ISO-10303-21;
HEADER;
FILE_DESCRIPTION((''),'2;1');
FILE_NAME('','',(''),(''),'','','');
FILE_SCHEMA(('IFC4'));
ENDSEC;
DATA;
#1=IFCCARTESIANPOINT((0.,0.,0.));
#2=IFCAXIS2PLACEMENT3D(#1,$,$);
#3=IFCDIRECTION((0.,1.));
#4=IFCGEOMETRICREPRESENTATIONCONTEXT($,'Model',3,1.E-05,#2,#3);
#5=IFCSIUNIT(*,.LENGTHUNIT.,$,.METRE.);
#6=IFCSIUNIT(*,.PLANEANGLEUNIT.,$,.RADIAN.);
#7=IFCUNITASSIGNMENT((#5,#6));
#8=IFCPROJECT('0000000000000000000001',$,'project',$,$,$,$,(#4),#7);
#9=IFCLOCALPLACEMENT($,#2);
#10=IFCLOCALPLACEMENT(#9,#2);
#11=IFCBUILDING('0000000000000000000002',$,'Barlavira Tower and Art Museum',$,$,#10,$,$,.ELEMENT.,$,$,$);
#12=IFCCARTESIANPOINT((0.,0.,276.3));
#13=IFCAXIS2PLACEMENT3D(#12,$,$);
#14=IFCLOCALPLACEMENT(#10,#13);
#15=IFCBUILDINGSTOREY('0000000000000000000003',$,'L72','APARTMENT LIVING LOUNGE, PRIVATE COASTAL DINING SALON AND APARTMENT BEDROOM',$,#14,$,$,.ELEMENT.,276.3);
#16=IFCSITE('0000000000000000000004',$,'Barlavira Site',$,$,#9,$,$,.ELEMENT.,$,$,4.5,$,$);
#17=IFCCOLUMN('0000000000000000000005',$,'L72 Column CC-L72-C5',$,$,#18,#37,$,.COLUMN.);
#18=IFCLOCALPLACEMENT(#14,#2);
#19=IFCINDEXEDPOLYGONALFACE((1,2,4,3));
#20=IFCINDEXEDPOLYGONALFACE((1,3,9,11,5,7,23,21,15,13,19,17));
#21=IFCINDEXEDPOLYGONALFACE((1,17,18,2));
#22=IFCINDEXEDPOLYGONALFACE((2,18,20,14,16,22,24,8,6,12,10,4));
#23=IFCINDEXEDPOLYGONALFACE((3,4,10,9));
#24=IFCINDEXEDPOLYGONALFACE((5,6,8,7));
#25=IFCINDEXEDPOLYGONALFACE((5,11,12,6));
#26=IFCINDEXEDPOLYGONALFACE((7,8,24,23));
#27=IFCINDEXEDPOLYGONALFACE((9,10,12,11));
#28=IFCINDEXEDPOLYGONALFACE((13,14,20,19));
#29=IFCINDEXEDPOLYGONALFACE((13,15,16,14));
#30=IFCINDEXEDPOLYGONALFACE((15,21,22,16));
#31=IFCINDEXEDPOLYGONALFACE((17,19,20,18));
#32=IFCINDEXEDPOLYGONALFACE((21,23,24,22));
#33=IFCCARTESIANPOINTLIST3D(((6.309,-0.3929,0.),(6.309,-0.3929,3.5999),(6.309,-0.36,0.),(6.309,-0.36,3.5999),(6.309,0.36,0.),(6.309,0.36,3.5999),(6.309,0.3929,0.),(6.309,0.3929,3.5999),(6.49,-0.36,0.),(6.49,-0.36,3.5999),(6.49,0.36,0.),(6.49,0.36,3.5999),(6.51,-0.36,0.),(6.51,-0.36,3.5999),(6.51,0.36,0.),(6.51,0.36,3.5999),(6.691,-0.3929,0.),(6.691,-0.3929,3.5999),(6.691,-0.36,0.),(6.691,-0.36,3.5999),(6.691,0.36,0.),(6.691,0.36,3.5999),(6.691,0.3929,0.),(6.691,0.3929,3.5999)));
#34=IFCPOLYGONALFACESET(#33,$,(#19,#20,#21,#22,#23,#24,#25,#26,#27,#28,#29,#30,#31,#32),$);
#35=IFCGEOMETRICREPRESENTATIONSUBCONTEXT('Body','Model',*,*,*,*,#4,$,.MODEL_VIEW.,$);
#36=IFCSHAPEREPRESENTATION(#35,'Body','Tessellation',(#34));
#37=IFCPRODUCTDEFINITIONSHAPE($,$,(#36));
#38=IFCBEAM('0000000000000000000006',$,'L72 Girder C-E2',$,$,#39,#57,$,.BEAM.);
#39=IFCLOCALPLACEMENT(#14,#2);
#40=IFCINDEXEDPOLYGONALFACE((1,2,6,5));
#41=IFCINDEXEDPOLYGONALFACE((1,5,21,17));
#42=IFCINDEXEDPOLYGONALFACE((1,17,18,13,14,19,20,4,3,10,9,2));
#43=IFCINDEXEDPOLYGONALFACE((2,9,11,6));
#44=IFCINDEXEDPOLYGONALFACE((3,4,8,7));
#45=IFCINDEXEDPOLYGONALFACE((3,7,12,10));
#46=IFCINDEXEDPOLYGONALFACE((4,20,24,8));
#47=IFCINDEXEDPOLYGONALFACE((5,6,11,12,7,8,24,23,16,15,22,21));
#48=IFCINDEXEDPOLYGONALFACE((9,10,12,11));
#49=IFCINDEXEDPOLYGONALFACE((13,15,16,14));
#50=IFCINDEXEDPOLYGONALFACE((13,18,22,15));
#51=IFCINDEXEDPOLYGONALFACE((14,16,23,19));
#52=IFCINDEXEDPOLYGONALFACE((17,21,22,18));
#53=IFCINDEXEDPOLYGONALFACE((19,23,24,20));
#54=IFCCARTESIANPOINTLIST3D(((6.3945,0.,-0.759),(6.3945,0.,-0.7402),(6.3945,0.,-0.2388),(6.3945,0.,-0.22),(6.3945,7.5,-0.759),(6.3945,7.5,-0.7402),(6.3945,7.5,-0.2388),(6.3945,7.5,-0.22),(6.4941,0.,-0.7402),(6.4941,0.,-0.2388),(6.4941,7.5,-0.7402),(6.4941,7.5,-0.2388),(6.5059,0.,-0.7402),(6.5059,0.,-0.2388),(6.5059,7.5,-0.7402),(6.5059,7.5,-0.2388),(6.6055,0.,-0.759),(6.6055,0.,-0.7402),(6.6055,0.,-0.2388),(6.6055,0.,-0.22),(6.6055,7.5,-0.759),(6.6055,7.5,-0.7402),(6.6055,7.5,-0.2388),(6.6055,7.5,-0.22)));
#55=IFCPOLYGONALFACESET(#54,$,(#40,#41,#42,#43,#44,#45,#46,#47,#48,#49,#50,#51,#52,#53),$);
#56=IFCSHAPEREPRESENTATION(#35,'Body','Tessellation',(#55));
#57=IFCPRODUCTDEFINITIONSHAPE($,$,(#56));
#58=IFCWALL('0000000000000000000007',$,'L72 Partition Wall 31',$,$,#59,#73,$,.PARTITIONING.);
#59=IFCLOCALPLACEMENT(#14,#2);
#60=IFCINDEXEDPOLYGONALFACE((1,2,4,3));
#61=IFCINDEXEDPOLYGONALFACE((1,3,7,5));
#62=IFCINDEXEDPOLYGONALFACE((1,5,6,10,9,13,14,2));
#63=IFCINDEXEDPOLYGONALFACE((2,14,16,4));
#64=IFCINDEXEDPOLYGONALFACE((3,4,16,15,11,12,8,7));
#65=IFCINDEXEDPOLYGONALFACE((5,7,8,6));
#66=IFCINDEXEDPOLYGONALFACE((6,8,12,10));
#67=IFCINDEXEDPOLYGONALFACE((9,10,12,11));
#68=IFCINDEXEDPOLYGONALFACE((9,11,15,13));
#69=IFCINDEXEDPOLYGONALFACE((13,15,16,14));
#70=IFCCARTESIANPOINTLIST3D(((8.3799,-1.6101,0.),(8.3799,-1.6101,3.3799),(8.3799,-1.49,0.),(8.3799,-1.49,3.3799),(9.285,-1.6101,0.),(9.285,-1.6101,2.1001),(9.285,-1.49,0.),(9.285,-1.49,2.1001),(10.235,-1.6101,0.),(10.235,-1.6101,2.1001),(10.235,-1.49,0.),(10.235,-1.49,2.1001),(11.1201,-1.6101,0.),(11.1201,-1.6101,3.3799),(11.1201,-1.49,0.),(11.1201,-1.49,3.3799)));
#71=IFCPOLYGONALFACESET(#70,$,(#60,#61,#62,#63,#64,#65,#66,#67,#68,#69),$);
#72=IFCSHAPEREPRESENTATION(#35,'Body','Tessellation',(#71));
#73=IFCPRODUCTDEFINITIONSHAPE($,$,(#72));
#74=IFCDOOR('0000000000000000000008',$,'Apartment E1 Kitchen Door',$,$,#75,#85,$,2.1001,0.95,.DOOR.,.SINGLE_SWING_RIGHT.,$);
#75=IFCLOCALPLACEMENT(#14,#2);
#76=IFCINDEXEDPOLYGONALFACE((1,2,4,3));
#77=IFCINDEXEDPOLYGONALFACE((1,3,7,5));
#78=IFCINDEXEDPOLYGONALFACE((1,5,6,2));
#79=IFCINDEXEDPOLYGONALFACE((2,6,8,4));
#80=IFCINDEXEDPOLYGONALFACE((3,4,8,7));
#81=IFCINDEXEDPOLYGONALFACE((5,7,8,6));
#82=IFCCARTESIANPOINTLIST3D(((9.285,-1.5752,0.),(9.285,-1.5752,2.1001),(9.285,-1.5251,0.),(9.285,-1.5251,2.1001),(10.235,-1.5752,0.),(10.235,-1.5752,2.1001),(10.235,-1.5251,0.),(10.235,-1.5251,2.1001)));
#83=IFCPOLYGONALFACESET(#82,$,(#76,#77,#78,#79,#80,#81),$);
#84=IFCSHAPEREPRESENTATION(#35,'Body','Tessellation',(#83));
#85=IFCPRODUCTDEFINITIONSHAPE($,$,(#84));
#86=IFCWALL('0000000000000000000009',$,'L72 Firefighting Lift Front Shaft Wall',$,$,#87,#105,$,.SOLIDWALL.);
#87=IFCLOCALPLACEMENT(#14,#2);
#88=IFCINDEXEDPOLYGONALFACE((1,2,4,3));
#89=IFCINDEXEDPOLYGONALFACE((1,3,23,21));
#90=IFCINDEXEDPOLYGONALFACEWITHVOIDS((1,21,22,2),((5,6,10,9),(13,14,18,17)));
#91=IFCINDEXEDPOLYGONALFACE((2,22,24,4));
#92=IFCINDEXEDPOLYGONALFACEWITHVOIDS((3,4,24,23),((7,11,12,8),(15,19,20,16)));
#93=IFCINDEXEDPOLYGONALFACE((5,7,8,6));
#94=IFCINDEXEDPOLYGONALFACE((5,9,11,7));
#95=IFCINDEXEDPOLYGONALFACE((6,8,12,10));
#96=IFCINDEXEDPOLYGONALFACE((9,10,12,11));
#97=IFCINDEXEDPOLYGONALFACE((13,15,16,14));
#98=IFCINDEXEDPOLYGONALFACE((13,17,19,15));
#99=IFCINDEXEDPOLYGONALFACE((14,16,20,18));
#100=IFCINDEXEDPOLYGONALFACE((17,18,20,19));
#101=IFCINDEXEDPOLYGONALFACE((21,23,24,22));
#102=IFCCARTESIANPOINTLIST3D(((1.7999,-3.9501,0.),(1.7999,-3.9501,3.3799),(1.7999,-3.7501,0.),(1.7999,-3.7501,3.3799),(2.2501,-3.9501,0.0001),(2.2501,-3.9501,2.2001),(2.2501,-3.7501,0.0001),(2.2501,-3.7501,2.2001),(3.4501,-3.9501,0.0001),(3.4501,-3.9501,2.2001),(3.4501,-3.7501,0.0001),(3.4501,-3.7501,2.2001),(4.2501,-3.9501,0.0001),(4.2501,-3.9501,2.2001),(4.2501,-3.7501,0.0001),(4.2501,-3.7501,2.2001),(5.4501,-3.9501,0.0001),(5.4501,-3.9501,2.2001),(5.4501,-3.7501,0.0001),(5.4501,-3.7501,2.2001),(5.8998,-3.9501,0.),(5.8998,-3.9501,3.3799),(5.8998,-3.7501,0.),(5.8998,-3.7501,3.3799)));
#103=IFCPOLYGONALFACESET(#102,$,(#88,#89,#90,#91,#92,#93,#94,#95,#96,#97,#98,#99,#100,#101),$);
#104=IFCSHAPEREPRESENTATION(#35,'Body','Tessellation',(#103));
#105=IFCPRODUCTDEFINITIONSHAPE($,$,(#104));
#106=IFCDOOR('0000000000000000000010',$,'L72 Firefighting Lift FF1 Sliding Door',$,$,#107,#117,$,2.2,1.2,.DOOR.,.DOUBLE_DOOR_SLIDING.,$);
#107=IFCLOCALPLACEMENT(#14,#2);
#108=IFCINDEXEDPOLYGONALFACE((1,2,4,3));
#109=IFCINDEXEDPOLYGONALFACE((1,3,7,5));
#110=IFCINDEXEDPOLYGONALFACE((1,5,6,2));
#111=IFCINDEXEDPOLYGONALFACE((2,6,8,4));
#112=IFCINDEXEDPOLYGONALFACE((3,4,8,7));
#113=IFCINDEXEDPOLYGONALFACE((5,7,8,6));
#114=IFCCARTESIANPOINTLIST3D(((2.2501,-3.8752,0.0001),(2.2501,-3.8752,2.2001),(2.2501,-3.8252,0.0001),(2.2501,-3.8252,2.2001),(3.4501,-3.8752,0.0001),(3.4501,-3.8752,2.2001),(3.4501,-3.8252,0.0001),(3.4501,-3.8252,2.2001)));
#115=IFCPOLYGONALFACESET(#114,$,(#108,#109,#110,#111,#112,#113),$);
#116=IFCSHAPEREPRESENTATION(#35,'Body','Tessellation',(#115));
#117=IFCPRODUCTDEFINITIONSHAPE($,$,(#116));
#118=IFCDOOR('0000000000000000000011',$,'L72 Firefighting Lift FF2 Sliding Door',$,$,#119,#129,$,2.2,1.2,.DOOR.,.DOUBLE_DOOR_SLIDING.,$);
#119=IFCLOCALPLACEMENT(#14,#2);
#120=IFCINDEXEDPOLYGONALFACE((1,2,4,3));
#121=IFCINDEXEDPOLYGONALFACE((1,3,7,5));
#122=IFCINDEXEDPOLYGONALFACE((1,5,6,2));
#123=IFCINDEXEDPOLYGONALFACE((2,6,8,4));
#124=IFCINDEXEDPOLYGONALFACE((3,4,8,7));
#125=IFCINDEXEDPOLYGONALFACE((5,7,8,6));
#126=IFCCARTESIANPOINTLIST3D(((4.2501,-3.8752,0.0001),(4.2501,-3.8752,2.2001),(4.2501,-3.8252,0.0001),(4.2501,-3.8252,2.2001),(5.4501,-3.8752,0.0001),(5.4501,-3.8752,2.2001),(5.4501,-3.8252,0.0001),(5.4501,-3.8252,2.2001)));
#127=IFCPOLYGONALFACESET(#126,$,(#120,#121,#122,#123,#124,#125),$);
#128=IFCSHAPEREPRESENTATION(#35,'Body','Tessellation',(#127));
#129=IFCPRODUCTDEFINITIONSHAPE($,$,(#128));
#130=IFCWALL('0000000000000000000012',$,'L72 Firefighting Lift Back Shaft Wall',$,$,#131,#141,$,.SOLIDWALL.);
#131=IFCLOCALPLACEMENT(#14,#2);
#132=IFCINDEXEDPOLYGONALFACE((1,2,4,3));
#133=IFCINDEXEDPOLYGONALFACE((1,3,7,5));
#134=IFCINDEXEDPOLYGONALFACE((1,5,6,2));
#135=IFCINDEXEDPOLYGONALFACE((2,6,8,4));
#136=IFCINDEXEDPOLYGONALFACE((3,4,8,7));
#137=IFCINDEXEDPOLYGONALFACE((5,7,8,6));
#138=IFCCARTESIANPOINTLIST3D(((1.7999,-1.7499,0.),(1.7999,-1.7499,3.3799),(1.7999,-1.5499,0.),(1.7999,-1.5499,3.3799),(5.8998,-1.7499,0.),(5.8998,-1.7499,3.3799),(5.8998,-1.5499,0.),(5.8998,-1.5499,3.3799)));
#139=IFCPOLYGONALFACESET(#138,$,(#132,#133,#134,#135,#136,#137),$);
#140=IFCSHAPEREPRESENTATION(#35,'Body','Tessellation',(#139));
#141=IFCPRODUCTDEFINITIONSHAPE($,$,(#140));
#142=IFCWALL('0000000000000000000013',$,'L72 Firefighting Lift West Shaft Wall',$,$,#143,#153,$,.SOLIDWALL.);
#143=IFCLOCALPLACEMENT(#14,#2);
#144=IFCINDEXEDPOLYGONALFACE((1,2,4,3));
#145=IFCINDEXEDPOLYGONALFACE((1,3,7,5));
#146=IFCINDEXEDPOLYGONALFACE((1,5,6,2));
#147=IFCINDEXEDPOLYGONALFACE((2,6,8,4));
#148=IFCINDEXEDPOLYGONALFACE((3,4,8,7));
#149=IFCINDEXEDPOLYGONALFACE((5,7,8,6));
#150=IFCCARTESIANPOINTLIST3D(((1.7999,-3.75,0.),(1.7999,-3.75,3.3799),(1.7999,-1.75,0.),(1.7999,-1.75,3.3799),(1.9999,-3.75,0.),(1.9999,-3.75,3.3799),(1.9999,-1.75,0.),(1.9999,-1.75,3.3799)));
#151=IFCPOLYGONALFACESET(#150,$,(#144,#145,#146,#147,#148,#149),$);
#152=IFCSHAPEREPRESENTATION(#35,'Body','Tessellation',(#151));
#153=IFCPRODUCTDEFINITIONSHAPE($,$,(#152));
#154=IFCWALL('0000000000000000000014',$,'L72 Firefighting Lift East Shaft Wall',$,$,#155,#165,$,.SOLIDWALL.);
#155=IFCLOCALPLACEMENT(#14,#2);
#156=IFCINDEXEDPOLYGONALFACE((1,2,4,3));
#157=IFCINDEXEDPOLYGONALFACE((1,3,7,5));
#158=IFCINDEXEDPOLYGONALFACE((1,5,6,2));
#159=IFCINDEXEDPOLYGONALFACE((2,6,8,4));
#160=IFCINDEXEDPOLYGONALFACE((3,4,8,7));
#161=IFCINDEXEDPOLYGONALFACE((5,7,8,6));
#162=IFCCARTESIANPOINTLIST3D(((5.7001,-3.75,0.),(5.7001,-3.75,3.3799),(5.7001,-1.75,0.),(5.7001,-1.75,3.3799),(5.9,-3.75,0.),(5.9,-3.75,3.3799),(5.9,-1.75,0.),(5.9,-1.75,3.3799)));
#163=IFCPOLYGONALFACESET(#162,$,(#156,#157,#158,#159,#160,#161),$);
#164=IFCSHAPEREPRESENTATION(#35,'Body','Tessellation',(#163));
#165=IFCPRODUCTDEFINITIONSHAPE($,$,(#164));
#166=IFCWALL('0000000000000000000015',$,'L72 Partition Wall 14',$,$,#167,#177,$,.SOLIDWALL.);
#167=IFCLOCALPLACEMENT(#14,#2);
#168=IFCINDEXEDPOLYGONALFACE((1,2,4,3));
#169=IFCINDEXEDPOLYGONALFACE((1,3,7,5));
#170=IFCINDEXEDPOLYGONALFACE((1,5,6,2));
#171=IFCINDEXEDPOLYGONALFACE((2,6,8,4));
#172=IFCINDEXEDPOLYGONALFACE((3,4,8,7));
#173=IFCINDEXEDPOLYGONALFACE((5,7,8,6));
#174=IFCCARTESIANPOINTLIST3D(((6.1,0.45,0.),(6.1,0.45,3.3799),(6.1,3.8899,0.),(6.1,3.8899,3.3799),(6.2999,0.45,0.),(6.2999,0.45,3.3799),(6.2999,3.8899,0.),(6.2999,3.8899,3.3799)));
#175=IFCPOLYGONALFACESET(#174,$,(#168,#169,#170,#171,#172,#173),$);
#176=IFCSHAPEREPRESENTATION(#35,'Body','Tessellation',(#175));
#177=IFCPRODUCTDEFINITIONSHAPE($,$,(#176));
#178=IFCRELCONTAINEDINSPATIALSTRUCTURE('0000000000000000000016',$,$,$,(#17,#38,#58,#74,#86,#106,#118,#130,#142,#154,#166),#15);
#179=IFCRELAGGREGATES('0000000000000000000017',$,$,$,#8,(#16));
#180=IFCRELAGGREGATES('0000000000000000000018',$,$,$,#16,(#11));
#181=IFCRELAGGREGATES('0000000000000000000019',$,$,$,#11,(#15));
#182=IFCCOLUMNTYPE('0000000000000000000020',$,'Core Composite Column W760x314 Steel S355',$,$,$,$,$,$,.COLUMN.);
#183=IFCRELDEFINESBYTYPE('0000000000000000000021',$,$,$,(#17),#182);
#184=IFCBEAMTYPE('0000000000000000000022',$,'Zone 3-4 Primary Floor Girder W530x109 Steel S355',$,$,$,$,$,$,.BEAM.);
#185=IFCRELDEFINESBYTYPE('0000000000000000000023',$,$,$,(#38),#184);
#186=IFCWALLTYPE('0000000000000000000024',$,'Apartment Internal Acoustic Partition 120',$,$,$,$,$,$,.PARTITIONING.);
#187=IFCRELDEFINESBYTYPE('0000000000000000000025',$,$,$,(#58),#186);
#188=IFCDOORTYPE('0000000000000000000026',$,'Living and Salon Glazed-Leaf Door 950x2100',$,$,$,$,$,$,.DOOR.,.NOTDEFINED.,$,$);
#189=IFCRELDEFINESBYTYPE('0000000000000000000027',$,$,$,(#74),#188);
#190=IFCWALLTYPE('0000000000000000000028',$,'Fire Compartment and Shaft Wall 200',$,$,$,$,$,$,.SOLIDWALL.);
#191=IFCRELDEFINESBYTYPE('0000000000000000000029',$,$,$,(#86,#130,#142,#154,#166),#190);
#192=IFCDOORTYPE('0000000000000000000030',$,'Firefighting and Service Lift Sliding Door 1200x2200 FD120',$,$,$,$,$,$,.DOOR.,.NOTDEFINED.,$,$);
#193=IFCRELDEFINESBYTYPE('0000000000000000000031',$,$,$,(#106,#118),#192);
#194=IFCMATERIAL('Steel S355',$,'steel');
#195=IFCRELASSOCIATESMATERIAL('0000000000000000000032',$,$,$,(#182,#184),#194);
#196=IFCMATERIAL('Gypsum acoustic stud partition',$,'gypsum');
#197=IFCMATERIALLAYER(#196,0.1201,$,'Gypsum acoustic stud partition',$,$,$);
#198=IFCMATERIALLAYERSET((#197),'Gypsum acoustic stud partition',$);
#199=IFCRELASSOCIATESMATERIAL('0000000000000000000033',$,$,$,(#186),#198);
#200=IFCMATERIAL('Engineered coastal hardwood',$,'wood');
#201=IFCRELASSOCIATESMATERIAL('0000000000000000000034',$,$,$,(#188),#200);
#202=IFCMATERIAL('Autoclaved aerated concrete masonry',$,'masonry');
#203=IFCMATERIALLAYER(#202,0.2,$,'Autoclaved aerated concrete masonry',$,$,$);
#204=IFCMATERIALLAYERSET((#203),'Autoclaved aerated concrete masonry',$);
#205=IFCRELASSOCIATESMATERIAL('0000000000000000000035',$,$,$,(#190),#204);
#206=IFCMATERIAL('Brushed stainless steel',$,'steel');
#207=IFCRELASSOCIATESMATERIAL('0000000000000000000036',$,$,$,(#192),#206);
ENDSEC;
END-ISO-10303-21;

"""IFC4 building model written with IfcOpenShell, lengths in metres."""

from ifc_helpers import new_model, si_unit, direction, frame, frame_2d, origin, origin_2d, place, context, subcontext, project, spatial, rectangle, i_section, extrude, material, layer, layer_set, material_profile, profile_set, type_object, element, fill, save


model = new_model("IFC4")

# Units and contexts
model_context = context("Model", 3, precision=1e-05, world=origin(), true_north=direction((0.0, 1.0)))
body_context = subcontext(model_context, "Body", "Model", "MODEL_VIEW")
ifc_project = project(units=[si_unit("LENGTHUNIT", "METRE"), si_unit("PLANEANGLEUNIT", "RADIAN")], contexts=[model_context])

# Site, building, storey
site_placement = place(None, origin())
site = spatial("IfcSite", under=ifc_project, at=site_placement, Name="Barlavira Site", CompositionType="ELEMENT", RefElevation=4.5)
building_placement = place(site_placement, origin())
building = spatial("IfcBuilding", under=site, at=building_placement, Name="Barlavira Tower and Art Museum", CompositionType="ELEMENT")
storey_placement = place(building_placement, frame((0.0, 0.0, 276.3)))
storey = spatial("IfcBuildingStorey", under=building, at=storey_placement, Name="L72", Description="APARTMENT LIVING LOUNGE, PRIVATE COASTAL DINING SALON AND APARTMENT BEDROOM", CompositionType="ELEMENT", Elevation=276.3)

# Column
ifc_material_1 = material(Name="Steel S355", Category="steel")
ifc_material_profile_1 = material_profile(ifc_material_1, i_section(OverallWidth=0.3821, OverallDepth=0.7859, WebThickness=0.02, FlangeThickness=0.033, at=origin_2d()), Name="W760x314.0")
ifc_profile_set_1 = profile_set([ifc_material_profile_1], Name="Steel S355")
column_type = type_object("IfcColumnType", Name="Core Composite Column W760x314 Steel S355", PredefinedType="COLUMN", material=ifc_profile_set_1)
column_placement = place(storey_placement, frame((6.5, 0.0, 0.0), z_axis=(0.0, 0.0, 1.0), x_axis=(1.0, 0.0, 0.0)))
element("IfcColumn", 1, at=column_placement, inside=storey, type_object=column_type, Name="L72 Column CC-L72-C5", PredefinedType="COLUMN", context=body_context, shape_type="SweptSolid", body=[
    extrude(i_section(OverallWidth=0.3821, OverallDepth=0.7859, WebThickness=0.02, FlangeThickness=0.033, at=origin_2d()), origin(), (0.0, 0.0, 1.0), 3.5999),
])

# Beam
ifc_material_profile_2 = material_profile(ifc_material_1, i_section(OverallWidth=0.2109, OverallDepth=0.5391, WebThickness=0.0117, FlangeThickness=0.0188, at=origin_2d()), Name="W530x109.0")
ifc_profile_set_2 = profile_set([ifc_material_profile_2], Name="Steel S355")
beam_type = type_object("IfcBeamType", Name="Zone 3-4 Primary Floor Girder W530x109 Steel S355", PredefinedType="BEAM", material=ifc_profile_set_2)
beam_placement = place(storey_placement, frame((6.5, 0.0, -0.4895), z_axis=(0.0, 1.0, 0.0), x_axis=(-1.0, 0.0, 0.0)))
element("IfcBeam", 2, at=beam_placement, inside=storey, type_object=beam_type, Name="L72 Girder C-E2", PredefinedType="BEAM", context=body_context, shape_type="SweptSolid", body=[
    extrude(i_section(OverallWidth=0.2109, OverallDepth=0.5391, WebThickness=0.0117, FlangeThickness=0.0188, at=origin_2d()), origin(), (0.0, 0.0, 1.0), 7.5),
])

# Wall, opening, door
ifc_material_2 = material(Name="Gypsum acoustic stud partition", Category="gypsum")
ifc_layer_1 = layer(ifc_material_2, 0.1201, Name="Gypsum acoustic stud partition")
ifc_layer_set_1 = layer_set([ifc_layer_1], Name="Gypsum acoustic stud partition")
wall_type_1 = type_object("IfcWallType", Name="Apartment Internal Acoustic Partition 120", PredefinedType="PARTITIONING", material=ifc_layer_set_1)
wall_1_placement = place(storey_placement, frame((8.3799, -1.55, 0.0), z_axis=(0.0, 0.0, 1.0), x_axis=(1.0, 0.0, 0.0)))
wall_1 = element("IfcWall", 3, at=wall_1_placement, inside=storey, type_object=wall_type_1, Name="L72 Partition Wall 31", PredefinedType="PARTITIONING", context=body_context, shape_type="SweptSolid", body=[
    extrude(rectangle(XDim=2.7402, YDim=0.1201, at=frame_2d((1.3701, 0.0))), origin(), (0.0, 0.0, 1.0), 3.3799),
])
opening_1_placement = place(wall_1_placement, frame((0.905, 0.0, 0.0)))
opening_1 = element("IfcOpeningElement", 4, at=opening_1_placement, cuts=wall_1, PredefinedType="OPENING", context=body_context, shape_type="SweptSolid", body=[
    extrude(rectangle(XDim=0.95, YDim=2.1001, at=frame_2d((0.4751, 1.05))), frame((0.0, 0.0701, 0.0), z_axis=(0.0, -1.0, 0.0), x_axis=(1.0, 0.0, 0.0)), (0.0, 0.0, 1.0), 0.1401),
])
ifc_material_3 = material(Name="Engineered coastal hardwood", Category="wood")
door_type_1 = type_object("IfcDoorType", Name="Living and Salon Glazed-Leaf Door 950x2100", OperationType="NOTDEFINED", PredefinedType="DOOR", material=ifc_material_3)
door_1_placement = place(opening_1_placement, origin())
door_1 = element("IfcDoor", 5, at=door_1_placement, inside=storey, type_object=door_type_1, Name="Apartment E1 Kitchen Door", OperationType="SINGLE_SWING_RIGHT", OverallHeight=2.1001, OverallWidth=0.95, PredefinedType="DOOR", context=body_context, shape_type="SweptSolid", body=[
    extrude(rectangle(XDim=0.95, YDim=2.1001, at=frame_2d((0.4751, 1.05))), frame((0.0, 0.0249, 0.0), z_axis=(0.0, -1.0, 0.0), x_axis=(1.0, 0.0, 0.0)), (0.0, 0.0, 1.0), 0.05),
])
fill(opening_1, door_1)
ifc_material_4 = material(Name="Brushed stainless steel", Category="steel")

# Wall, openings, doors
ifc_material_5 = material(Name="Autoclaved aerated concrete masonry", Category="masonry")
ifc_layer_2 = layer(ifc_material_5, 0.2, Name="Autoclaved aerated concrete masonry")
ifc_layer_set_2 = layer_set([ifc_layer_2], Name="Autoclaved aerated concrete masonry")
wall_type_2 = type_object("IfcWallType", Name="Fire Compartment and Shaft Wall 200", PredefinedType="SOLIDWALL", material=ifc_layer_set_2)
wall_2_placement = place(storey_placement, frame((1.8, -3.8501, 0.0), z_axis=(0.0, 0.0, 1.0), x_axis=(1.0, 0.0, 0.0)))
wall_2 = element("IfcWall", 6, at=wall_2_placement, inside=storey, type_object=wall_type_2, Name="L72 Firefighting Lift Front Shaft Wall", PredefinedType="SOLIDWALL", context=body_context, shape_type="SweptSolid", body=[
    extrude(rectangle(XDim=4.0999, YDim=0.2, at=frame_2d((2.0498, 0.0))), origin(), (0.0, 0.0, 1.0), 3.3799),
])
opening_2_placement = place(wall_2_placement, frame((0.45, 0.0, 0.0)))
opening_2 = element("IfcOpeningElement", 7, at=opening_2_placement, cuts=wall_2, PredefinedType="OPENING", context=body_context, shape_type="SweptSolid", body=[
    extrude(rectangle(XDim=1.2, YDim=2.2, at=frame_2d((0.6001, 1.1001))), frame((0.0, 0.1099, 0.0), z_axis=(0.0, -1.0, 0.0), x_axis=(1.0, 0.0, 0.0)), (0.0, 0.0, 1.0), 0.22),
])
opening_3_placement = place(wall_2_placement, frame((2.45, 0.0, 0.0)))
opening_3 = element("IfcOpeningElement", 8, at=opening_3_placement, cuts=wall_2, PredefinedType="OPENING", context=body_context, shape_type="SweptSolid", body=[
    extrude(rectangle(XDim=1.2, YDim=2.2, at=frame_2d((0.6001, 1.1001))), frame((0.0, 0.1099, 0.0), z_axis=(0.0, -1.0, 0.0), x_axis=(1.0, 0.0, 0.0)), (0.0, 0.0, 1.0), 0.22),
])
door_type_2 = type_object("IfcDoorType", Name="Firefighting and Service Lift Sliding Door 1200x2200 FD120", OperationType="NOTDEFINED", PredefinedType="DOOR", material=ifc_material_4)
door_2_placement = place(opening_2_placement, origin())
door_2 = element("IfcDoor", 9, at=door_2_placement, inside=storey, type_object=door_type_2, Name="L72 Firefighting Lift FF1 Sliding Door", OperationType="DOUBLE_DOOR_SLIDING", OverallHeight=2.2, OverallWidth=1.2, PredefinedType="DOOR", context=body_context, shape_type="SweptSolid", body=[
    extrude(rectangle(XDim=1.2, YDim=2.2, at=frame_2d((0.6001, 1.1001))), frame((0.0, 0.0249, 0.0), z_axis=(0.0, -1.0, 0.0), x_axis=(1.0, 0.0, 0.0)), (0.0, 0.0, 1.0), 0.05),
])
fill(opening_2, door_2)
door_3_placement = place(opening_3_placement, origin())
door_3 = element("IfcDoor", 10, at=door_3_placement, inside=storey, type_object=door_type_2, Name="L72 Firefighting Lift FF2 Sliding Door", OperationType="DOUBLE_DOOR_SLIDING", OverallHeight=2.2, OverallWidth=1.2, PredefinedType="DOOR", context=body_context, shape_type="SweptSolid", body=[
    extrude(rectangle(XDim=1.2, YDim=2.2, at=frame_2d((0.6001, 1.1001))), frame((0.0, 0.0249, 0.0), z_axis=(0.0, -1.0, 0.0), x_axis=(1.0, 0.0, 0.0)), (0.0, 0.0, 1.0), 0.05),
])
fill(opening_3, door_3)

# Walls
wall_3_placement = place(storey_placement, frame((1.8, -1.6499, 0.0), z_axis=(0.0, 0.0, 1.0), x_axis=(1.0, 0.0, 0.0)))
element("IfcWall", 11, at=wall_3_placement, inside=storey, type_object=wall_type_2, Name="L72 Firefighting Lift Back Shaft Wall", PredefinedType="SOLIDWALL", context=body_context, shape_type="SweptSolid", body=[
    extrude(rectangle(XDim=4.0999, YDim=0.2, at=frame_2d((2.0498, 0.0))), origin(), (0.0, 0.0, 1.0), 3.3799),
])
for number, where, z_axis, x_axis, name in (
    (12, (1.8999, -3.75, 0.0), (0.0, 0.0, 1.0), (0.0, 1.0, 0.0), "L72 Firefighting Lift West Shaft Wall"),
    (13, (5.8, -3.75, 0.0), (0.0, 0.0, 1.0), (0.0, 1.0, 0.0), "L72 Firefighting Lift East Shaft Wall"),
):
    element("IfcWall", number, at=place(storey_placement, frame(where, z_axis=z_axis, x_axis=x_axis)), inside=storey, type_object=wall_type_2, Name=name, PredefinedType="SOLIDWALL", context=body_context, shape_type="SweptSolid", body=[
        extrude(rectangle(XDim=2.0, YDim=0.2, at=frame_2d((1.0, 0.0))), origin(), (0.0, 0.0, 1.0), 3.3799),
    ])

# Wall
wall_4_placement = place(storey_placement, frame((6.2, 0.45, 0.0), z_axis=(0.0, 0.0, 1.0), x_axis=(0.0, 1.0, 0.0)))
element("IfcWall", 14, at=wall_4_placement, inside=storey, type_object=wall_type_2, Name="L72 Partition Wall 14", PredefinedType="SOLIDWALL", context=body_context, shape_type="SweptSolid", body=[
    extrude(rectangle(XDim=3.4399, YDim=0.2, at=frame_2d((1.72, 0.0))), origin(), (0.0, 0.0, 1.0), 3.3799),
])

save(model, "model.ifc")
